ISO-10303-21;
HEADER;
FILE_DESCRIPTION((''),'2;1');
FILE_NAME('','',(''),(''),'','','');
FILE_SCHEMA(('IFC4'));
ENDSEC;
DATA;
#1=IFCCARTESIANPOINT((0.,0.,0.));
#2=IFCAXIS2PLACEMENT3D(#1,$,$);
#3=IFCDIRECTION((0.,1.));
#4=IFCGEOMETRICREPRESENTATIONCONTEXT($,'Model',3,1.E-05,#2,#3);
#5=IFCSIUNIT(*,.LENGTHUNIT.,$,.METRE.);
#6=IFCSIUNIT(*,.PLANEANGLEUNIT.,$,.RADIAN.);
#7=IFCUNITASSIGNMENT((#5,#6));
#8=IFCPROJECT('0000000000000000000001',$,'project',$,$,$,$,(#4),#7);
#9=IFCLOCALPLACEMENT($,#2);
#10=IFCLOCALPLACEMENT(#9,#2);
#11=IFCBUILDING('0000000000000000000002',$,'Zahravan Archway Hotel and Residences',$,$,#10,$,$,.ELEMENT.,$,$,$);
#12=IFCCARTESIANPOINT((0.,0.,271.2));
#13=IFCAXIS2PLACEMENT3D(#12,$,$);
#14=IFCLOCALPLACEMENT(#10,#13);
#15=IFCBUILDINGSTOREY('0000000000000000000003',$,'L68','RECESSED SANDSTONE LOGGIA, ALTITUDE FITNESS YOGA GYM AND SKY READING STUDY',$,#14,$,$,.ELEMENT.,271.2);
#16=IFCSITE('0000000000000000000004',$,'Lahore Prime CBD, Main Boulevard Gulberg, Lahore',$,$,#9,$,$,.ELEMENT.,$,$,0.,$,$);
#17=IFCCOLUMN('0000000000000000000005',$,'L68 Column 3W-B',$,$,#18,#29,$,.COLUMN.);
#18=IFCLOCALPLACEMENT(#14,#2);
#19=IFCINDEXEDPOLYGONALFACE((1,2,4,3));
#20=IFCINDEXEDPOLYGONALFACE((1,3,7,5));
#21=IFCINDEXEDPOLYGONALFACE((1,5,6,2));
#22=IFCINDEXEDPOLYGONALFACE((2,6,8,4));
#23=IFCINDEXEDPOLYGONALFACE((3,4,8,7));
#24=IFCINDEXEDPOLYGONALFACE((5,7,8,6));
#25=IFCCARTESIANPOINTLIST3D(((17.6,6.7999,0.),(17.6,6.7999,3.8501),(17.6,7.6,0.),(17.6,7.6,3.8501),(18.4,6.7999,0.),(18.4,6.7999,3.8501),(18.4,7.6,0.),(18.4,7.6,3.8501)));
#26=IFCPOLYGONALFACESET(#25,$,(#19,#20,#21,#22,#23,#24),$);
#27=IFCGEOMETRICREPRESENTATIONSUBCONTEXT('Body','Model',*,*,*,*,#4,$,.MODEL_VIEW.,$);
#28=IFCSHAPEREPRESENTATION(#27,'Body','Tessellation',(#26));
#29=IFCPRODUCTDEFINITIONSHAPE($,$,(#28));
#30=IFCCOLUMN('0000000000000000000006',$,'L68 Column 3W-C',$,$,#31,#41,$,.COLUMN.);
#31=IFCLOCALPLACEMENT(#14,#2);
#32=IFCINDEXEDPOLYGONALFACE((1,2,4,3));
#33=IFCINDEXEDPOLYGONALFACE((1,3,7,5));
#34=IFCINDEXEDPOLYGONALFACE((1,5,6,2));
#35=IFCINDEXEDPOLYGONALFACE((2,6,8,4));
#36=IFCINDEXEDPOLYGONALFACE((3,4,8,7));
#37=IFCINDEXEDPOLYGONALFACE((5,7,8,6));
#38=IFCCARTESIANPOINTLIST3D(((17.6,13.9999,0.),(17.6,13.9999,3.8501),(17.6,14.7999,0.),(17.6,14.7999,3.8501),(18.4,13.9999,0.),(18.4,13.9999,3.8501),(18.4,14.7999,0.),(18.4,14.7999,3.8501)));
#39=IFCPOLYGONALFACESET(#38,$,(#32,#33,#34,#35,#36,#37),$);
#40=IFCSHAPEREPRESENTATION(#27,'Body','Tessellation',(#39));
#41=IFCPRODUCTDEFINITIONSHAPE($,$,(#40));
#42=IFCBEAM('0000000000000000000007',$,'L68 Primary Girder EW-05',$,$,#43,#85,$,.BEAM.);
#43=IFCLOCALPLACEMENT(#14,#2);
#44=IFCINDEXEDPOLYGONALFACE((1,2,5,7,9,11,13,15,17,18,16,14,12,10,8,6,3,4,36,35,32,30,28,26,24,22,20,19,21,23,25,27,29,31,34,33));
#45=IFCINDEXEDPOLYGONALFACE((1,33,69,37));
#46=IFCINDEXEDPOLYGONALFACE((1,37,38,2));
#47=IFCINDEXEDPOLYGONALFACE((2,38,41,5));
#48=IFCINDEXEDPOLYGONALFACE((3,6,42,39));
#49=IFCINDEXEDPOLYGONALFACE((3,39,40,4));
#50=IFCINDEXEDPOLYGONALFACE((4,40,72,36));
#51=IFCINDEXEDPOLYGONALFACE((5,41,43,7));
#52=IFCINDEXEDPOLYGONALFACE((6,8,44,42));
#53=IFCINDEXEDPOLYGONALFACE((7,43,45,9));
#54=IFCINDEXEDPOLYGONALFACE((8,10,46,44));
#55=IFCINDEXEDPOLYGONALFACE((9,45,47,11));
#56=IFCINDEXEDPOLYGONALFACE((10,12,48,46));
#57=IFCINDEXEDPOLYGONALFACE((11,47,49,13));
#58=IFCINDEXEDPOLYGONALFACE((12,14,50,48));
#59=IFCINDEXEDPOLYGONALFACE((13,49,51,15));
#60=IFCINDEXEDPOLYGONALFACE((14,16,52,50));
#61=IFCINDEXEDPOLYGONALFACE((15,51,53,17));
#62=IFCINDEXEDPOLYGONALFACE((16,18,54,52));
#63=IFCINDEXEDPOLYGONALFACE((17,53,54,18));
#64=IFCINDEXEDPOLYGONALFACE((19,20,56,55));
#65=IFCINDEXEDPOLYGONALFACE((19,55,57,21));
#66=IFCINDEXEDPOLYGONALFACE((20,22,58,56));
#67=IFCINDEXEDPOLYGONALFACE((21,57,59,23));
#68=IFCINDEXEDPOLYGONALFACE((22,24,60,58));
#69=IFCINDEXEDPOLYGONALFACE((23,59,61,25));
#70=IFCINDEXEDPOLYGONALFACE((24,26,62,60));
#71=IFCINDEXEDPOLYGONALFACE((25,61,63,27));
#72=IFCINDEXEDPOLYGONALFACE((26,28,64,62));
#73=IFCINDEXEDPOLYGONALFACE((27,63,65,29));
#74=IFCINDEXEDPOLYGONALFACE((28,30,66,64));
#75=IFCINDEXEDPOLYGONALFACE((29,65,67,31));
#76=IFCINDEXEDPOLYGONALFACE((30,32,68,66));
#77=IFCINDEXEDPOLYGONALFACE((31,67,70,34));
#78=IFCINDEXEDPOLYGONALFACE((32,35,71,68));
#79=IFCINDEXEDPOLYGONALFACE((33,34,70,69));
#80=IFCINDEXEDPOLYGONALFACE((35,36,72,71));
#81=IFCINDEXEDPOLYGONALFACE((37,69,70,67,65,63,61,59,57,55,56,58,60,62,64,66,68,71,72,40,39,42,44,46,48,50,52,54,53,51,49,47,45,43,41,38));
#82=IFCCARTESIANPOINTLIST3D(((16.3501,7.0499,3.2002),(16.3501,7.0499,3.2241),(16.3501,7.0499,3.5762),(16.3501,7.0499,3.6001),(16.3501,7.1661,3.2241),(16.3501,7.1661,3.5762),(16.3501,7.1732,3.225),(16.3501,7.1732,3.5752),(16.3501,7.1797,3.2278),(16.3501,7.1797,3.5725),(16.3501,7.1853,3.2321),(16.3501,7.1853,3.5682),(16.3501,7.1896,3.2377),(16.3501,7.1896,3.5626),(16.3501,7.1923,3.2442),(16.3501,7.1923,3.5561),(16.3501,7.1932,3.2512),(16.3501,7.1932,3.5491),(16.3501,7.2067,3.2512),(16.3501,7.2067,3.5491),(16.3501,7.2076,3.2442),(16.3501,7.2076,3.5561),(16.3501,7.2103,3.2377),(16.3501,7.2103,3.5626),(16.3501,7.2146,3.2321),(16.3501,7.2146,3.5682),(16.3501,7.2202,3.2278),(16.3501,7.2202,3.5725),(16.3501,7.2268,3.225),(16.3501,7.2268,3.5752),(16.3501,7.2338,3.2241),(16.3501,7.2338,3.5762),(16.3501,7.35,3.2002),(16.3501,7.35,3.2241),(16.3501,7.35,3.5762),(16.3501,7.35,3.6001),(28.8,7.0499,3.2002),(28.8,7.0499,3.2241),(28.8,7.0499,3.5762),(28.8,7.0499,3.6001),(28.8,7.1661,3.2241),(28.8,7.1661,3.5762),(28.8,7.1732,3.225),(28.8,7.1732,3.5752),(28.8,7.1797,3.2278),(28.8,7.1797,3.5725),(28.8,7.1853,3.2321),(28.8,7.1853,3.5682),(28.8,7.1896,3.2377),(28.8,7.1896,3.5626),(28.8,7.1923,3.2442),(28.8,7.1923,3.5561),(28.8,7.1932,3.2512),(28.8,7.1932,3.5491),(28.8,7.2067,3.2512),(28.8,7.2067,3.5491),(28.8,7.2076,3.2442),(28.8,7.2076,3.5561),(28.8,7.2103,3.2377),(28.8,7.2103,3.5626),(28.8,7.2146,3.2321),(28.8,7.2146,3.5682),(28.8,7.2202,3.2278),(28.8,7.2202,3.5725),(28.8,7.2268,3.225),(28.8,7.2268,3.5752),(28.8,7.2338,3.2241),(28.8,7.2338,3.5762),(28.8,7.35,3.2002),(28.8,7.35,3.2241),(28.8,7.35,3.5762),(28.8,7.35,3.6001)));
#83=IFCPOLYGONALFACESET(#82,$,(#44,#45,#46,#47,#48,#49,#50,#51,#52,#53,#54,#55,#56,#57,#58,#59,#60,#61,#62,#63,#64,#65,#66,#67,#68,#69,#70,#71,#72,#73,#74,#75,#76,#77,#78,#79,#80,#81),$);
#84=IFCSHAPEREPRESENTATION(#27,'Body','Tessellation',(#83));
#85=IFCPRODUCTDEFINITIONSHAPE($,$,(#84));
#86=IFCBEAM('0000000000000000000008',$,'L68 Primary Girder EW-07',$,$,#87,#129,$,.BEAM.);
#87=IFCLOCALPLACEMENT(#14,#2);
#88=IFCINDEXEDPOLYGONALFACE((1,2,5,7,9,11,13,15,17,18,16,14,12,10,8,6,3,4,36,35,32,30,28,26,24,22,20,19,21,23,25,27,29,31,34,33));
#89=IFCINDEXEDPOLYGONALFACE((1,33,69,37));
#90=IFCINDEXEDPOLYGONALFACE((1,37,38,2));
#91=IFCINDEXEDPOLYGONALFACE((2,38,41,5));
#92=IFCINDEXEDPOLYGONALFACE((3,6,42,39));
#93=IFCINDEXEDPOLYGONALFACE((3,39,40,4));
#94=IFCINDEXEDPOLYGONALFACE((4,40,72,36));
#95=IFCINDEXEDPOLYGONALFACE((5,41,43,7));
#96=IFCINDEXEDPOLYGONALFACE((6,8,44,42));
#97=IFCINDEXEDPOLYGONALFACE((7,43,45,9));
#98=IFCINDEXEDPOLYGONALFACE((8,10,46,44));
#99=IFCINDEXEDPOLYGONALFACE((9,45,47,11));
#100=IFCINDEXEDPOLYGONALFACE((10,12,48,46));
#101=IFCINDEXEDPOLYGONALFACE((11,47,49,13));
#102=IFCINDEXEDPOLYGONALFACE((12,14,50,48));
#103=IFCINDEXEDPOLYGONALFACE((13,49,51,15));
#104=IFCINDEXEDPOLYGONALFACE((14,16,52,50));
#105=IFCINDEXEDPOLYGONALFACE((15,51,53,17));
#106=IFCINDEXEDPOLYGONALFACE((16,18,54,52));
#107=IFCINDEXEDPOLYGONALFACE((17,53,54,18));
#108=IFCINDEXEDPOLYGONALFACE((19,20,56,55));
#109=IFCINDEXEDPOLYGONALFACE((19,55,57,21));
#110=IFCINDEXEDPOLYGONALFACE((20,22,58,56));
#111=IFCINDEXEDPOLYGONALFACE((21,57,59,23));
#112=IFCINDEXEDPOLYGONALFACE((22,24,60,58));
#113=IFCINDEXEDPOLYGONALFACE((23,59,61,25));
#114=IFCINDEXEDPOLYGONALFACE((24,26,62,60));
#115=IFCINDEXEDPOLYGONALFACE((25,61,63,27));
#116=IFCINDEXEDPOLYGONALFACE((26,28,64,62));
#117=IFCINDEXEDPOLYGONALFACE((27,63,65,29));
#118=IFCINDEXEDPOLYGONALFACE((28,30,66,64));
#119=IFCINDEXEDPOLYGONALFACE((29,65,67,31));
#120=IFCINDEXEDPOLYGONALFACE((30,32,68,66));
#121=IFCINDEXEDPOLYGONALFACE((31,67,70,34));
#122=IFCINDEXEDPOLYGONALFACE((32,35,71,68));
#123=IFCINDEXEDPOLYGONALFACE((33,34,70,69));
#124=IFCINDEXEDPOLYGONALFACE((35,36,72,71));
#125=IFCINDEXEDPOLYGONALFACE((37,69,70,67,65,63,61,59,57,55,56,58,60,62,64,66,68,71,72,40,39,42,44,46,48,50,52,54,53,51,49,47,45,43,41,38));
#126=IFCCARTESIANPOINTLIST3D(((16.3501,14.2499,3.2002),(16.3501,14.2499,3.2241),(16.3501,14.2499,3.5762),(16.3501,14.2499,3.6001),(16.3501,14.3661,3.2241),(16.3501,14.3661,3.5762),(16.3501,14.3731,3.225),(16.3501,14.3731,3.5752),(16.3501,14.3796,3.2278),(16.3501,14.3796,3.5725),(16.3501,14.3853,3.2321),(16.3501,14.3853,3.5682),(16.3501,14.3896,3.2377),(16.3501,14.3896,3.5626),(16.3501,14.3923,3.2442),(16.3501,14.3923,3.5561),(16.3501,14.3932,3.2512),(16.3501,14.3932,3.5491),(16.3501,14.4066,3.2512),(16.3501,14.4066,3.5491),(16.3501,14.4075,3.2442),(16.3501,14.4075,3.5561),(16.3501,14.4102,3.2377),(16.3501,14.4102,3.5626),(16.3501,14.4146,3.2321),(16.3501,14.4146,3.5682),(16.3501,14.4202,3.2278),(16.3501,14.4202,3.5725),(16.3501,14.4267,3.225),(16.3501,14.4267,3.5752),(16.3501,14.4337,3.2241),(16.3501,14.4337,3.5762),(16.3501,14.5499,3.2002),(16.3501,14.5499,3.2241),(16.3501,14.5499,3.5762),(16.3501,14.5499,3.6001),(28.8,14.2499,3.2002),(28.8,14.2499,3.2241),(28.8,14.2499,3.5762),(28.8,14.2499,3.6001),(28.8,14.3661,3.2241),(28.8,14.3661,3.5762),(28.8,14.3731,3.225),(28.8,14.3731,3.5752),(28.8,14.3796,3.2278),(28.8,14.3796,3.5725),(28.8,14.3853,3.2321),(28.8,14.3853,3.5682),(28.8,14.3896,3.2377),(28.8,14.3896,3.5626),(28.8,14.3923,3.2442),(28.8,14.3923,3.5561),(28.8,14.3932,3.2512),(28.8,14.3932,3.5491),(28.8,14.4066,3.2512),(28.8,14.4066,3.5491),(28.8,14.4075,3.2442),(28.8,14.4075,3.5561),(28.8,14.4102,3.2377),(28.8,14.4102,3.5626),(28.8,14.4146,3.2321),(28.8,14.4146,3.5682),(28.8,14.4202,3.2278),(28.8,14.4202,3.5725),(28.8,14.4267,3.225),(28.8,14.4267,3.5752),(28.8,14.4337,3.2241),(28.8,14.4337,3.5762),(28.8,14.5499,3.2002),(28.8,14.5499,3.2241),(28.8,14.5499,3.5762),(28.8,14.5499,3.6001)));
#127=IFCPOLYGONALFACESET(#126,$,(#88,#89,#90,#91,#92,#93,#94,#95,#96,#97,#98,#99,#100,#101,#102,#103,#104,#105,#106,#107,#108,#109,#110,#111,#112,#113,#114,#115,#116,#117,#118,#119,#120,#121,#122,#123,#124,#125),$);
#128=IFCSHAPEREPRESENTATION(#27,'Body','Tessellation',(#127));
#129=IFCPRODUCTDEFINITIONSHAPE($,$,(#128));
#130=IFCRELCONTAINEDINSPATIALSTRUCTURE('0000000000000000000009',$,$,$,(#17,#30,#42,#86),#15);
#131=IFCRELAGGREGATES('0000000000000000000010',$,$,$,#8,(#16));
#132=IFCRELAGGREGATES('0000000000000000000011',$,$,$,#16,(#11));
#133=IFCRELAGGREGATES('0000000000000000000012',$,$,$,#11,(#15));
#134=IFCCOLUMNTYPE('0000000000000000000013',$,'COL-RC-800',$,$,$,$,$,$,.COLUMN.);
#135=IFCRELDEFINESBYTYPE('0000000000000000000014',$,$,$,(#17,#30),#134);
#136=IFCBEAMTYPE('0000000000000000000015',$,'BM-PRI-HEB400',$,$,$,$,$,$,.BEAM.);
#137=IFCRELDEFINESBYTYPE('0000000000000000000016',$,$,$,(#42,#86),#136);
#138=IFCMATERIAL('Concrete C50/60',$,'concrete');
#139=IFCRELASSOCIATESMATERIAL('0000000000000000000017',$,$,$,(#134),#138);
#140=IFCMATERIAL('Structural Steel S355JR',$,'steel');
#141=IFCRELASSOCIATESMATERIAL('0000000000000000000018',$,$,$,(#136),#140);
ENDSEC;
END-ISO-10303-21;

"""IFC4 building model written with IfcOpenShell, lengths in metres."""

from ifc_helpers import new_model, si_unit, direction, frame, origin, origin_2d, place, context, subcontext, project, spatial, rectangle, i_section, extrude, source, transform, mapped, material, material_profile, profile_set, type_object, element, save


model = new_model("IFC4")

# Units and contexts
model_context = context("Model", 3, precision=1e-05, world=origin(), true_north=direction((0.0, 1.0)))
body_context = subcontext(model_context, "Body", "Model", "MODEL_VIEW")
ifc_project = project(units=[si_unit("LENGTHUNIT", "METRE"), si_unit("PLANEANGLEUNIT", "RADIAN")], contexts=[model_context])

# Site, building, storey
site_placement = place(None, origin())
site = spatial("IfcSite", under=ifc_project, at=site_placement, Name="Lahore Prime CBD, Main Boulevard Gulberg, Lahore", CompositionType="ELEMENT", RefElevation=0.0)
building_placement = place(site_placement, origin())
building = spatial("IfcBuilding", under=site, at=building_placement, Name="Zahravan Archway Hotel and Residences", CompositionType="ELEMENT")
storey_placement = place(building_placement, frame((0.0, 0.0, 271.2)))
storey = spatial("IfcBuildingStorey", under=building, at=storey_placement, Name="L68", Description="RECESSED SANDSTONE LOGGIA, ALTITUDE FITNESS YOGA GYM AND SKY READING STUDY", CompositionType="ELEMENT", Elevation=271.2)

# Columns
ifc_material_1 = material(Name="Concrete C50/60", Category="concrete")
ifc_material_profile_1 = material_profile(ifc_material_1, rectangle(XDim=0.8, YDim=0.8, at=origin_2d()), Name="RC-COL-800x800", Category="concrete")
ifc_profile_set_1 = profile_set([ifc_material_profile_1], Name="Concrete C50/60")
column_type = type_object("IfcColumnType", Name="COL-RC-800", PredefinedType="COLUMN", material=ifc_profile_set_1)
shared_shape_1 = source(origin(), body_context, "Body", "SweptSolid", [
    extrude(rectangle(XDim=0.8, YDim=0.8, at=origin_2d()), origin(), (0.0, 0.0, 1.0), 3.8501),
])
for number, where, z_axis, x_axis, name in (
    (1, (18.0, 7.2, 0.0), (0.0, 0.0, 1.0), (1.0, 0.0, 0.0), "L68 Column 3W-B"),
    (2, (18.0, 14.3999, 0.0), (0.0, 0.0, 1.0), (1.0, 0.0, 0.0), "L68 Column 3W-C"),
):
    element("IfcColumn", number, at=place(storey_placement, frame(where, z_axis=z_axis, x_axis=x_axis)), inside=storey, type_object=column_type, Name=name, PredefinedType="COLUMN", context=body_context, shape_type="MappedRepresentation", body=[
        mapped(shared_shape_1, transform((0.0, 0.0, 0.0), scale=1.0)),
    ])

# Beams
ifc_material_2 = material(Name="Structural Steel S355JR", Category="steel")
ifc_material_profile_2 = material_profile(ifc_material_2, i_section(OverallWidth=0.3, OverallDepth=0.3999, WebThickness=0.0134, FlangeThickness=0.0239, FilletRadius=0.0271, at=origin_2d()), Name="HEB 400", Category="steel")
ifc_profile_set_2 = profile_set([ifc_material_profile_2], Name="Structural Steel S355JR")
beam_type = type_object("IfcBeamType", Name="BM-PRI-HEB400", PredefinedType="BEAM", material=ifc_profile_set_2)
shared_shape_2 = source(origin(), body_context, "Body", "SweptSolid", [
    extrude(i_section(OverallWidth=0.3, OverallDepth=0.3999, WebThickness=0.0134, FlangeThickness=0.0239, FilletRadius=0.0271, at=origin_2d()), origin(), (0.0, 0.0, 1.0), 12.45),
])
for number, where, z_axis, x_axis, name in (
    (3, (16.3501, 7.2, 3.4001), (1.0, 0.0, 0.0), (0.0, 1.0, 0.0), "L68 Primary Girder EW-05"),
    (4, (16.3501, 14.3999, 3.4001), (1.0, 0.0, 0.0), (0.0, 1.0, 0.0), "L68 Primary Girder EW-07"),
):
    element("IfcBeam", number, at=place(storey_placement, frame(where, z_axis=z_axis, x_axis=x_axis)), inside=storey, type_object=beam_type, Name=name, PredefinedType="BEAM", context=body_context, shape_type="MappedRepresentation", body=[
        mapped(shared_shape_2, transform((0.0, 0.0, 0.0), scale=1.0)),
    ])

save(model, "model.ifc")
